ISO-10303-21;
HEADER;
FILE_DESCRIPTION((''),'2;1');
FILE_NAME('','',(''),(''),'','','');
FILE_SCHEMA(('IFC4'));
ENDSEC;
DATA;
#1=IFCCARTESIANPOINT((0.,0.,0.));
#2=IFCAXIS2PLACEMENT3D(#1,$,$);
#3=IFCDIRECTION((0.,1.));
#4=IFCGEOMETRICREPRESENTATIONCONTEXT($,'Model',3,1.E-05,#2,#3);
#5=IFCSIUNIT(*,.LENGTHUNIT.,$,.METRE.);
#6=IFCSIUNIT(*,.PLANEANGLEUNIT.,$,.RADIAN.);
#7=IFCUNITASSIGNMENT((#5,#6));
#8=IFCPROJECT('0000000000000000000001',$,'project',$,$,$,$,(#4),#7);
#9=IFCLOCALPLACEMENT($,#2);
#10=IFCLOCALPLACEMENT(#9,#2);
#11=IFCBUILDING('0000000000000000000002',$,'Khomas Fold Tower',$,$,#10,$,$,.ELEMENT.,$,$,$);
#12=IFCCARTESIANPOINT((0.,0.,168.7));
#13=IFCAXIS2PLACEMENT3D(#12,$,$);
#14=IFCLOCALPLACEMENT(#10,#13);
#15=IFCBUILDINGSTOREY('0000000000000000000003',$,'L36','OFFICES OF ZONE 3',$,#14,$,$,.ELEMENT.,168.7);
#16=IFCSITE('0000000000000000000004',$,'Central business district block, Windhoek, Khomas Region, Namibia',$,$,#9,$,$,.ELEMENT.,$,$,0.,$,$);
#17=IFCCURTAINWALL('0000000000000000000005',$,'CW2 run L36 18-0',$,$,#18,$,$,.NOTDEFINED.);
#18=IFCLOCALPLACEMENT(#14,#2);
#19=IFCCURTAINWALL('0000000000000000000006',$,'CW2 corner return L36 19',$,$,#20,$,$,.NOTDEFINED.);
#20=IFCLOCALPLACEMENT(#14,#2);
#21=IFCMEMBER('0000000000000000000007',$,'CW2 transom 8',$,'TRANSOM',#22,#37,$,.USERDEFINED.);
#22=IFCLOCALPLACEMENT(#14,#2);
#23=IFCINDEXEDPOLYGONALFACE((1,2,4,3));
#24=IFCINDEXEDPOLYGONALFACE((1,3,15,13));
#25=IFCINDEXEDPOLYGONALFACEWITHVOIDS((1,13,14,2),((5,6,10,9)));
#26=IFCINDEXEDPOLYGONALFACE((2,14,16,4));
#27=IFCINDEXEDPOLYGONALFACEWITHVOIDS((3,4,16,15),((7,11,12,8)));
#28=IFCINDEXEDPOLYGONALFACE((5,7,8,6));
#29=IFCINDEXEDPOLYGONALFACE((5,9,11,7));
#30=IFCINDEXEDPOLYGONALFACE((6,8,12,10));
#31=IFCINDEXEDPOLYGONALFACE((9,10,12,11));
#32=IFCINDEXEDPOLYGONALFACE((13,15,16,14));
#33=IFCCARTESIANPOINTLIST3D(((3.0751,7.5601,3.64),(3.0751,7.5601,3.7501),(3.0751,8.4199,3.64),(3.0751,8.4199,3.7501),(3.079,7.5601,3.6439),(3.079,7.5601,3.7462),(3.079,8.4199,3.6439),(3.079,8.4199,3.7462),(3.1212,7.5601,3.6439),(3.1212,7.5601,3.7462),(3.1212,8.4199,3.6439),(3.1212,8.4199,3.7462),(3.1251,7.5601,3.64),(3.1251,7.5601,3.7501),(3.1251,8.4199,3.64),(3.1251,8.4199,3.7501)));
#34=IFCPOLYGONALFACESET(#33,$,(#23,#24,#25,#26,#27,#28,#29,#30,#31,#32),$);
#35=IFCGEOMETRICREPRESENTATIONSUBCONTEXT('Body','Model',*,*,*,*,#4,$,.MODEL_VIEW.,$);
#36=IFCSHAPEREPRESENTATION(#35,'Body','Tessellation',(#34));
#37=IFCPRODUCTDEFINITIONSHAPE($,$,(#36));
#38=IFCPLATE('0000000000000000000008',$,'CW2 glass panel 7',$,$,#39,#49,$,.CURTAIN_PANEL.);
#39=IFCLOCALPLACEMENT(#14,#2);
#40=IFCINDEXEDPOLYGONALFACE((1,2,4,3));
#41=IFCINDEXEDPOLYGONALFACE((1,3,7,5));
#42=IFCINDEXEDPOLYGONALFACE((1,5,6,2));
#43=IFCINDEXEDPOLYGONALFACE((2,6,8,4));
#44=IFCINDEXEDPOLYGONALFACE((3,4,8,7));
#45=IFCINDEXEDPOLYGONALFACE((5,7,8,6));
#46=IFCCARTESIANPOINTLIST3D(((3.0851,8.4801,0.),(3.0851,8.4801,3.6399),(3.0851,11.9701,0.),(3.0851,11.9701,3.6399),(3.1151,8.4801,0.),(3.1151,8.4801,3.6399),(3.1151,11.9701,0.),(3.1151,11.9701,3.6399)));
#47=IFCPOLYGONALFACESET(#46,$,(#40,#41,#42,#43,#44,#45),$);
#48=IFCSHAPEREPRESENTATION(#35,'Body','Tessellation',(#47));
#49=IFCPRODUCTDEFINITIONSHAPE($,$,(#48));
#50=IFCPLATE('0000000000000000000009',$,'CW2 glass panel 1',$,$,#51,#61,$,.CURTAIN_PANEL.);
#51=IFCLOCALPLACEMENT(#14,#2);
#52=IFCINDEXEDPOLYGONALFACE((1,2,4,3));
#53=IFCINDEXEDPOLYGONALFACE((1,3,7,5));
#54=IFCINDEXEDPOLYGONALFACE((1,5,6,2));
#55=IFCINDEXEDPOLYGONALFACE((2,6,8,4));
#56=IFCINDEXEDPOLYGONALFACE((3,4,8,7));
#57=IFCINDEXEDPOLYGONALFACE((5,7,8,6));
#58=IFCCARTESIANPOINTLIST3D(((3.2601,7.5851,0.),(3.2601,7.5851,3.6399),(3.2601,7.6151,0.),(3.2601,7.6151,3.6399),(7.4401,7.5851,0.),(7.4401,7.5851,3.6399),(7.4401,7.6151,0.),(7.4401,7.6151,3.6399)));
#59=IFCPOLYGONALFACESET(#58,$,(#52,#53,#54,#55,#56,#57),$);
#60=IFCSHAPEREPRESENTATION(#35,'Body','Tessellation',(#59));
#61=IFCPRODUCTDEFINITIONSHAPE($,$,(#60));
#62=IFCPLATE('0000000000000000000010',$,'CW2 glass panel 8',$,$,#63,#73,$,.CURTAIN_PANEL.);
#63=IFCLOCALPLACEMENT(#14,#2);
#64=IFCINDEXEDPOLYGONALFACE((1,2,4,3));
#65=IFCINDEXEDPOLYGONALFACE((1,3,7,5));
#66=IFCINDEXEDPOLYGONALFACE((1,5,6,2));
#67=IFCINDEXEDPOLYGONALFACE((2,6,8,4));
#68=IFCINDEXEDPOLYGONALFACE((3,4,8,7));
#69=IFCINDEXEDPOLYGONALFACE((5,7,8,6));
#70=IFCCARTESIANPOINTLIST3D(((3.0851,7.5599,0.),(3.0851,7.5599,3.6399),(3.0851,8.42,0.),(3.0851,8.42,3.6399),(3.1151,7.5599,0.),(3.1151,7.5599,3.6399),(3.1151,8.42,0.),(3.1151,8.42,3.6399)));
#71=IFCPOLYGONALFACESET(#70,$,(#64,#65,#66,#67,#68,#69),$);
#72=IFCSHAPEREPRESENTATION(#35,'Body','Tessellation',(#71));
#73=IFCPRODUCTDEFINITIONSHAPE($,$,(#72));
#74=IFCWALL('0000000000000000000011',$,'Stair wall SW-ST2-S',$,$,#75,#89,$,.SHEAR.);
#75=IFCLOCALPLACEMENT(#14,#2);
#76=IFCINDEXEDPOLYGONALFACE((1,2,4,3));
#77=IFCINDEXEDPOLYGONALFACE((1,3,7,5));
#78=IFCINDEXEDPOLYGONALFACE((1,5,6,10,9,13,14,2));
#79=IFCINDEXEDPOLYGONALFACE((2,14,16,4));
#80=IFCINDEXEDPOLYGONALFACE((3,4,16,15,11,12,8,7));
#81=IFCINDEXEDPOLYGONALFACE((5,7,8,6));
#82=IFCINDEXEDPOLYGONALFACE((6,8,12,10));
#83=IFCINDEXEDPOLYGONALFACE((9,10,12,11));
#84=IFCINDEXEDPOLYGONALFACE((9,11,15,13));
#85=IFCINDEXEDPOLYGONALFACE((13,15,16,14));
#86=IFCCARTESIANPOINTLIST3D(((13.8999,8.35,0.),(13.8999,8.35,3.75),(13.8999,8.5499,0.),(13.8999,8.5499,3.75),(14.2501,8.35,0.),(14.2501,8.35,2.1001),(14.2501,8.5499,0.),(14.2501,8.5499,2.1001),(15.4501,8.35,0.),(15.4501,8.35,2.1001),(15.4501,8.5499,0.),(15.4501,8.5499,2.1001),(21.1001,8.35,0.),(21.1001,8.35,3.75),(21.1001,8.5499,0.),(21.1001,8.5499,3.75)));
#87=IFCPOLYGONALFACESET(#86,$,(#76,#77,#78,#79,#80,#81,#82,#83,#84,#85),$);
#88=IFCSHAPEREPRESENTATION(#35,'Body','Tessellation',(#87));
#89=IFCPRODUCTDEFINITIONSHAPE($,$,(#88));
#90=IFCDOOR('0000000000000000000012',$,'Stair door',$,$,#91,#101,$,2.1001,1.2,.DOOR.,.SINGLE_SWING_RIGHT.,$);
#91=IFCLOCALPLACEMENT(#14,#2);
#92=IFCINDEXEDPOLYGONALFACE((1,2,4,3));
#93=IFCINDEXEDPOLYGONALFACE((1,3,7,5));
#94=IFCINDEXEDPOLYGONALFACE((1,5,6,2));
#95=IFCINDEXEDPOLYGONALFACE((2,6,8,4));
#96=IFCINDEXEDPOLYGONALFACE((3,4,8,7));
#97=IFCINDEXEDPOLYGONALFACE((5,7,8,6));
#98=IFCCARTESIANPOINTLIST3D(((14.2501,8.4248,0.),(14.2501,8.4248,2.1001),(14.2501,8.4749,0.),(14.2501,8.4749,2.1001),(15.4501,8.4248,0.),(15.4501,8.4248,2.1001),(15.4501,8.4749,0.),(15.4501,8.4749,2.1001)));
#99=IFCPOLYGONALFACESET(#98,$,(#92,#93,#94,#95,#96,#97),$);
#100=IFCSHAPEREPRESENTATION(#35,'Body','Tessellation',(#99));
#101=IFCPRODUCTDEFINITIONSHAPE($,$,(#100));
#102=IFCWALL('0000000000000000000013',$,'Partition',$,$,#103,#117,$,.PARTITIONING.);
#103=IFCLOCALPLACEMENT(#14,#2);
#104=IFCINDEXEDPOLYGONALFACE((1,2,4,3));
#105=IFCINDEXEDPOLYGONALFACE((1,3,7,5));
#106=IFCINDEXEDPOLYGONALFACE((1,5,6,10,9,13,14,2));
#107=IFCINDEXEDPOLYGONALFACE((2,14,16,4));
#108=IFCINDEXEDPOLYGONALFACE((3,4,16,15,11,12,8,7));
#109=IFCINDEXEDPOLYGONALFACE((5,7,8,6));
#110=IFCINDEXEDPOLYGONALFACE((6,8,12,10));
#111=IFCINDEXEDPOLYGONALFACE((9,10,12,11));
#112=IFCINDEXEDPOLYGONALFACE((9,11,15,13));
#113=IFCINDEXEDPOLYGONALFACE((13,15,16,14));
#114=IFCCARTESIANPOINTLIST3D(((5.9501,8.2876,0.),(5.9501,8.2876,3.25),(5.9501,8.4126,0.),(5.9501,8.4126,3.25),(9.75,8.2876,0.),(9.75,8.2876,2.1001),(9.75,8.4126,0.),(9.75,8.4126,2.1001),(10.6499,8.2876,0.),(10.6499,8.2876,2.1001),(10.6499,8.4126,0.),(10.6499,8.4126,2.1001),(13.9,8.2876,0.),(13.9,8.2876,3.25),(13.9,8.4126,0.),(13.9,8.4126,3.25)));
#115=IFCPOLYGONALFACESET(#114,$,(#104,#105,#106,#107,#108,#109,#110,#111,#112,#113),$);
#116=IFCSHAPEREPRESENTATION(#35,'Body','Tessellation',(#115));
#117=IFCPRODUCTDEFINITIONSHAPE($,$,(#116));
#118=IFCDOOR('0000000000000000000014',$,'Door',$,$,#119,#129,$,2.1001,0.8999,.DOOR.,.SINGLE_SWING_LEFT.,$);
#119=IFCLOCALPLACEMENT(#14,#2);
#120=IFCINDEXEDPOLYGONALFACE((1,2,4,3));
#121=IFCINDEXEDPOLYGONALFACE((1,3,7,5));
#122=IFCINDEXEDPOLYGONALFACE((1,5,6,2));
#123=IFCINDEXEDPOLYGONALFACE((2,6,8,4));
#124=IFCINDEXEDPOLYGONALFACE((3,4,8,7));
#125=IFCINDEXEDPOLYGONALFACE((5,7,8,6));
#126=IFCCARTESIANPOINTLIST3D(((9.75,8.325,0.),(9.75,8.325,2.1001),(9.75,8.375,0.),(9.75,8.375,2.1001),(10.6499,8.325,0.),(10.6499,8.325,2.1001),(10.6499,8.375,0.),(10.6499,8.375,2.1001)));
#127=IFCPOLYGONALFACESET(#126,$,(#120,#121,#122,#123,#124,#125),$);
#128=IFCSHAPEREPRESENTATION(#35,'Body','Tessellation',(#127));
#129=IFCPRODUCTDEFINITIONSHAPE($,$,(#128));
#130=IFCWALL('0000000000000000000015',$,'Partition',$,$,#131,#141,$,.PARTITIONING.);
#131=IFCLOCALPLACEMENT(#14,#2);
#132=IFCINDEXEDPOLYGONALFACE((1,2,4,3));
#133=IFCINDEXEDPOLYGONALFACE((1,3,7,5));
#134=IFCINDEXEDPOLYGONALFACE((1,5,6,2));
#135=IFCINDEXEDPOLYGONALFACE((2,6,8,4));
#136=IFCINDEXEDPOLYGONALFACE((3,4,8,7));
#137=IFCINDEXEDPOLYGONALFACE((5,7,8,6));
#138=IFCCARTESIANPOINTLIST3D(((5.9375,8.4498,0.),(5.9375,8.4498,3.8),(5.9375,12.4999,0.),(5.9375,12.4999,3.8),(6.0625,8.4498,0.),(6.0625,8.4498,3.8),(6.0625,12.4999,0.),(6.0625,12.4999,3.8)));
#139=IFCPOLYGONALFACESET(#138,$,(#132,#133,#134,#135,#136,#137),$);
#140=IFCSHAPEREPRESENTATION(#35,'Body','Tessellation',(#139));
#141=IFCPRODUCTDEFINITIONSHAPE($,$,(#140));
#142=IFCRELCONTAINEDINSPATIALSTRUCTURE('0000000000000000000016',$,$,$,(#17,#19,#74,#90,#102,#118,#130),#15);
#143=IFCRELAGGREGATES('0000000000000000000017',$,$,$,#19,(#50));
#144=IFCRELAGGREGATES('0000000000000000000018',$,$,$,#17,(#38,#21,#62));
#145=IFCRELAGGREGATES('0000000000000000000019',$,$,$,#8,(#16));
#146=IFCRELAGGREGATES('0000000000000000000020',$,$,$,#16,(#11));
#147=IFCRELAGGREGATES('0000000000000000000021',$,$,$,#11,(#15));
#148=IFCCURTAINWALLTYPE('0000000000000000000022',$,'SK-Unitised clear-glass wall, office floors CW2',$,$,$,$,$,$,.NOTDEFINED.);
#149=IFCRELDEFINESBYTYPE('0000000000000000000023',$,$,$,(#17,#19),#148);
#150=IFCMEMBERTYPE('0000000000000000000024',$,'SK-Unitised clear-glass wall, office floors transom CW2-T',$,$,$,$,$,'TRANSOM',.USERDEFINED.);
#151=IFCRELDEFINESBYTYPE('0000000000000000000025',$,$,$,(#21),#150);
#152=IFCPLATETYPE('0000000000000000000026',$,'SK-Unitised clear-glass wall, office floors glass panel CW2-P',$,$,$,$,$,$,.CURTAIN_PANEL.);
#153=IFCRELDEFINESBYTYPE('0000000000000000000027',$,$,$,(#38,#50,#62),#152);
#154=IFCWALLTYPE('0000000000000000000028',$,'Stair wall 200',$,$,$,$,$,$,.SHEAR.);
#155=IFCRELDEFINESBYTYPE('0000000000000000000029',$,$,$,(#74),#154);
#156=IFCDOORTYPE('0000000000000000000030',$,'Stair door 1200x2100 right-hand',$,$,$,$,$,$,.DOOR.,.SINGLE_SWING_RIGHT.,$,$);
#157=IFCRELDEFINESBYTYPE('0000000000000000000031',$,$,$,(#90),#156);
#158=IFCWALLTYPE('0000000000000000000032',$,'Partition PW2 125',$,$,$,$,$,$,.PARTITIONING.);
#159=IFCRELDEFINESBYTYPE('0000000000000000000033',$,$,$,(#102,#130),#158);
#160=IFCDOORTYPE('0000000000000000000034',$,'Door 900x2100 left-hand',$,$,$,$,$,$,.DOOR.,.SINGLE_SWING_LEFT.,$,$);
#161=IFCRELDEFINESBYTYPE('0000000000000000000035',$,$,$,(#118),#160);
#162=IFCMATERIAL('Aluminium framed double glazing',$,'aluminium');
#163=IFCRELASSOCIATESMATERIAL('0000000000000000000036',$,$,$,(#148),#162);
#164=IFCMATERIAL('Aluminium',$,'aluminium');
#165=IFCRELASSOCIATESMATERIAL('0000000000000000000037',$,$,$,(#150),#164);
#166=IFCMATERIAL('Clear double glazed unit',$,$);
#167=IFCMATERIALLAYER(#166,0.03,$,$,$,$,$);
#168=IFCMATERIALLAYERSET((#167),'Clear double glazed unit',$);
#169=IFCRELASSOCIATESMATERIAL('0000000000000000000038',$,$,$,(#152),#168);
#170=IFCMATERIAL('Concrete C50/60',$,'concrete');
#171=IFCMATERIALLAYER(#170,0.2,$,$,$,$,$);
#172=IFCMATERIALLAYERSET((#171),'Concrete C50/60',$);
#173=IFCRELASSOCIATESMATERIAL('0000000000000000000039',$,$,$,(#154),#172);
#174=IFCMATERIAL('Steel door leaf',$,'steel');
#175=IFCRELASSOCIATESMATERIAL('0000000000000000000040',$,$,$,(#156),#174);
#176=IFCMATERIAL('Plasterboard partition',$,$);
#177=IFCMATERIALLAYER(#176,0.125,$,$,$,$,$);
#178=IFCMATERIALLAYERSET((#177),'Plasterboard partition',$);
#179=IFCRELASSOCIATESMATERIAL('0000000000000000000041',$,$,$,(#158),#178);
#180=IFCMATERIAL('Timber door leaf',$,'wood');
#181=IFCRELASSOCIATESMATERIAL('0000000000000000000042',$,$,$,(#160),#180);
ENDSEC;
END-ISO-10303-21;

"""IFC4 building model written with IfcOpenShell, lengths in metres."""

from ifc_helpers import new_model, si_unit, direction, frame, frame_2d, origin, origin_2d, place, context, subcontext, project, spatial, rectangle, hollow_rectangle, extrude, source, transform, mapped, material, layer, layer_set, material_profile, profile_set, type_object, element, fill, aggregate, save


model = new_model("IFC4")

# Units and contexts
model_context = context("Model", 3, precision=1e-05, world=origin(), true_north=direction((0.0, 1.0)))
body_context = subcontext(model_context, "Body", "Model", "MODEL_VIEW")
ifc_project = project(units=[si_unit("LENGTHUNIT", "METRE"), si_unit("PLANEANGLEUNIT", "RADIAN")], contexts=[model_context])

# Site, building, storey
site_placement = place(None, origin())
site = spatial("IfcSite", under=ifc_project, at=site_placement, Name="Central business district block, Windhoek, Khomas Region, Namibia", CompositionType="ELEMENT", RefElevation=0.0)
building_placement = place(site_placement, origin())
building = spatial("IfcBuilding", under=site, at=building_placement, Name="Khomas Fold Tower", CompositionType="ELEMENT")
storey_placement = place(building_placement, frame((0.0, 0.0, 168.7)))
storey = spatial("IfcBuildingStorey", under=building, at=storey_placement, Name="L36", Description="OFFICES OF ZONE 3", CompositionType="ELEMENT", Elevation=168.7)

# Shared definitions
ifc_material_1 = material(Name="Aluminium framed double glazing", Category="aluminium")
curtain_wall_type = type_object("IfcCurtainWallType", Name="SK-Unitised clear-glass wall, office floors CW2", PredefinedType="NOTDEFINED", material=ifc_material_1)

# Curtain walls
curtain_wall_1_placement = place(storey_placement, origin())
curtain_wall_1 = element("IfcCurtainWall", 1, at=curtain_wall_1_placement, inside=storey, type_object=curtain_wall_type, Name="CW2 run L36 18-0", PredefinedType="NOTDEFINED")
curtain_wall_2_placement = place(storey_placement, origin())
curtain_wall_2 = element("IfcCurtainWall", 2, at=curtain_wall_2_placement, inside=storey, type_object=curtain_wall_type, Name="CW2 corner return L36 19", PredefinedType="NOTDEFINED")
ifc_material_2 = material(Name="Aluminium", Category="aluminium")
ifc_material_profile_1 = material_profile(ifc_material_2, hollow_rectangle(XDim=0.05, YDim=0.1101, WallThickness=0.0039, at=origin_2d()), Name="SK-Unitised clear-glass wall, office floors transom CW2-T")
ifc_profile_set_1 = profile_set([ifc_material_profile_1], Name="Aluminium")
member_type_1 = type_object("IfcMemberType", Name="SK-Unitised clear-glass wall, office floors transom CW2-T", ElementType="TRANSOM", PredefinedType="USERDEFINED", material=ifc_profile_set_1)

# Member
shared_shape_1 = source(origin(), body_context, "Body", "SweptSolid", [
    extrude(hollow_rectangle(XDim=0.05, YDim=0.1101, WallThickness=0.0039, at=origin_2d()), origin(), (0.0, 0.0, 1.0), 0.8599),
])
member_1_placement = place(storey_placement, frame((3.1001, 8.4199, 3.6951), z_axis=(0.0, -1.0, 0.0), x_axis=(1.0, 0.0, 0.0)))
member_1 = element("IfcMember", 3, at=member_1_placement, type_object=member_type_1, Name="CW2 transom 8", ObjectType="TRANSOM", PredefinedType="USERDEFINED", context=body_context, shape_type="MappedRepresentation", body=[
    mapped(shared_shape_1, transform((0.0, 0.0, 0.0))),
])

# Plates
ifc_material_3 = material(Name="Clear double glazed unit")
ifc_layer_1 = layer(ifc_material_3, 0.03)
ifc_layer_set_1 = layer_set([ifc_layer_1], Name="Clear double glazed unit")
plate_type = type_object("IfcPlateType", Name="SK-Unitised clear-glass wall, office floors glass panel CW2-P", PredefinedType="CURTAIN_PANEL", material=ifc_layer_set_1)
shared_shape_2 = source(origin(), body_context, "Body", "SweptSolid", [
    extrude(rectangle(XDim=3.49, YDim=0.03, at=origin_2d()), origin(), (0.0, 0.0, 1.0), 3.6399),
])
plate_1_placement = place(storey_placement, frame((3.1001, 10.2251, 0.0), z_axis=(0.0, 0.0, 1.0), x_axis=(0.0, -1.0, 0.0)))
plate_1 = element("IfcPlate", 4, at=plate_1_placement, type_object=plate_type, Name="CW2 glass panel 7", PredefinedType="CURTAIN_PANEL", context=body_context, shape_type="MappedRepresentation", body=[
    mapped(shared_shape_2, transform((0.0, 0.0, 0.0))),
])
shared_shape_3 = source(origin(), body_context, "Body", "SweptSolid", [
    extrude(rectangle(XDim=4.1799, YDim=0.03, at=origin_2d()), origin(), (0.0, 0.0, 1.0), 3.6399),
])
plate_2_placement = place(storey_placement, frame((5.3501, 7.6001, 0.0), z_axis=(0.0, 0.0, 1.0), x_axis=(1.0, 0.0, 0.0)))
plate_2 = element("IfcPlate", 5, at=plate_2_placement, type_object=plate_type, Name="CW2 glass panel 1", PredefinedType="CURTAIN_PANEL", context=body_context, shape_type="MappedRepresentation", body=[
    mapped(shared_shape_3, transform((0.0, 0.0, 0.0))),
])
aggregate(curtain_wall_2, [plate_2])
shared_shape_4 = source(origin(), body_context, "Body", "SweptSolid", [
    extrude(rectangle(XDim=0.8601, YDim=0.03, at=origin_2d()), origin(), (0.0, 0.0, 1.0), 3.6399),
])
plate_3_placement = place(storey_placement, frame((3.1001, 7.99, 0.0), z_axis=(0.0, 0.0, 1.0), x_axis=(0.0, -1.0, 0.0)))
plate_3 = element("IfcPlate", 6, at=plate_3_placement, type_object=plate_type, Name="CW2 glass panel 8", PredefinedType="CURTAIN_PANEL", context=body_context, shape_type="MappedRepresentation", body=[
    mapped(shared_shape_4, transform((0.0, 0.0, 0.0))),
])
aggregate(curtain_wall_1, [plate_1, member_1, plate_3])

# Walls, openings, doors
ifc_material_4 = material(Name="Concrete C50/60", Category="concrete")
ifc_layer_2 = layer(ifc_material_4, 0.2)
ifc_layer_set_2 = layer_set([ifc_layer_2], Name="Concrete C50/60")
wall_type_1 = type_object("IfcWallType", Name="Stair wall 200", PredefinedType="SHEAR", material=ifc_layer_set_2)
shared_shape_5 = source(origin(), body_context, "Body", "SweptSolid", [
    extrude(rectangle(XDim=7.2002, YDim=0.2, at=frame_2d((3.6001, 0.0))), origin(), (0.0, 0.0, 1.0), 3.75),
])
wall_1_placement = place(storey_placement, frame((13.8999, 8.45, 0.0), z_axis=(0.0, 0.0, 1.0), x_axis=(1.0, 0.0, 0.0)))
wall_1 = element("IfcWall", 7, at=wall_1_placement, inside=storey, type_object=wall_type_1, Name="Stair wall SW-ST2-S", PredefinedType="SHEAR", context=body_context, shape_type="MappedRepresentation", body=[
    mapped(shared_shape_5, transform((0.0, 0.0, 0.0))),
])
shared_shape_6 = source(origin(), body_context, "Body", "SweptSolid", [
    extrude(rectangle(XDim=1.2, YDim=2.1001, at=frame_2d((0.6001, 1.05))), frame((0.0, 0.1099, 0.0), z_axis=(0.0, -1.0, 0.0), x_axis=(1.0, 0.0, 0.0)), (0.0, 0.0, 1.0), 0.22),
])
opening_1_placement = place(wall_1_placement, frame((0.3501, 0.0, 0.0)))
opening_1 = element("IfcOpeningElement", 8, at=opening_1_placement, cuts=wall_1, PredefinedType="OPENING", context=body_context, shape_type="MappedRepresentation", body=[
    mapped(shared_shape_6, transform((0.0, 0.0, 0.0))),
])
ifc_material_5 = material(Name="Steel door leaf", Category="steel")
door_type_1 = type_object("IfcDoorType", Name="Stair door 1200x2100 right-hand", OperationType="SINGLE_SWING_RIGHT", PredefinedType="DOOR", material=ifc_material_5)
shared_shape_7 = source(origin(), body_context, "Body", "SweptSolid", [
    extrude(rectangle(XDim=1.2, YDim=2.1001, at=frame_2d((0.6001, 1.05))), frame((0.0, 0.0249, 0.0), z_axis=(0.0, -1.0, 0.0), x_axis=(1.0, 0.0, 0.0)), (0.0, 0.0, 1.0), 0.05),
])
door_1_placement = place(opening_1_placement, origin())
door_1 = element("IfcDoor", 9, at=door_1_placement, inside=storey, type_object=door_type_1, Name="Stair door", OperationType="SINGLE_SWING_RIGHT", OverallHeight=2.1001, OverallWidth=1.2, PredefinedType="DOOR", context=body_context, shape_type="MappedRepresentation", body=[
    mapped(shared_shape_7, transform((0.0, 0.0, 0.0))),
])
fill(opening_1, door_1)
ifc_material_6 = material(Name="Plasterboard partition")
ifc_layer_3 = layer(ifc_material_6, 0.125)
ifc_layer_set_3 = layer_set([ifc_layer_3], Name="Plasterboard partition")
wall_type_2 = type_object("IfcWallType", Name="Partition PW2 125", PredefinedType="PARTITIONING", material=ifc_layer_set_3)
shared_shape_8 = source(origin(), body_context, "Body", "SweptSolid", [
    extrude(rectangle(XDim=7.95, YDim=0.125, at=frame_2d((3.9751, 0.0))), origin(), (0.0, 0.0, 1.0), 3.25),
])
wall_2_placement = place(storey_placement, frame((5.95, 8.3501, 0.0), z_axis=(0.0, 0.0, 1.0), x_axis=(1.0, 0.0, 0.0)))
wall_2 = element("IfcWall", 10, at=wall_2_placement, inside=storey, type_object=wall_type_2, Name="Partition", PredefinedType="PARTITIONING", context=body_context, shape_type="MappedRepresentation", body=[
    mapped(shared_shape_8, transform((0.0, 0.0, 0.0))),
])
shared_shape_9 = source(origin(), body_context, "Body", "SweptSolid", [
    extrude(rectangle(XDim=0.8999, YDim=2.1001, at=frame_2d((0.45, 1.05))), frame((0.0, 0.0725, 0.0), z_axis=(0.0, -1.0, 0.0), x_axis=(1.0, 0.0, 0.0)), (0.0, 0.0, 1.0), 0.145),
])
opening_2_placement = place(wall_2_placement, frame((3.8, 0.0, 0.0)))
opening_2 = element("IfcOpeningElement", 11, at=opening_2_placement, cuts=wall_2, PredefinedType="OPENING", context=body_context, shape_type="MappedRepresentation", body=[
    mapped(shared_shape_9, transform((0.0, 0.0, 0.0))),
])
ifc_material_7 = material(Name="Timber door leaf", Category="wood")
door_type_2 = type_object("IfcDoorType", Name="Door 900x2100 left-hand", OperationType="SINGLE_SWING_LEFT", PredefinedType="DOOR", material=ifc_material_7)
shared_shape_10 = source(origin(), body_context, "Body", "SweptSolid", [
    extrude(rectangle(XDim=0.8999, YDim=2.1001, at=frame_2d((0.45, 1.05))), frame((0.0, 0.0249, 0.0), z_axis=(0.0, -1.0, 0.0), x_axis=(1.0, 0.0, 0.0)), (0.0, 0.0, 1.0), 0.05),
])
door_2_placement = place(opening_2_placement, origin())
door_2 = element("IfcDoor", 12, at=door_2_placement, inside=storey, type_object=door_type_2, Name="Door", OperationType="SINGLE_SWING_LEFT", OverallHeight=2.1001, OverallWidth=0.8999, PredefinedType="DOOR", context=body_context, shape_type="MappedRepresentation", body=[
    mapped(shared_shape_10, transform((0.0, 0.0, 0.0))),
])
fill(opening_2, door_2)

# Wall
shared_shape_11 = source(origin(), body_context, "Body", "SweptSolid", [
    extrude(rectangle(XDim=4.05, YDim=0.125, at=frame_2d((2.0249, 0.0))), origin(), (0.0, 0.0, 1.0), 3.8),
])
wall_3_placement = place(storey_placement, frame((6.0, 8.45, 0.0), z_axis=(0.0, 0.0, 1.0), x_axis=(0.0, 1.0, 0.0)))
element("IfcWall", 13, at=wall_3_placement, inside=storey, type_object=wall_type_2, Name="Partition", PredefinedType="PARTITIONING", context=body_context, shape_type="MappedRepresentation", body=[
    mapped(shared_shape_11, transform((0.0, 0.0, 0.0))),
])

save(model, "model.ifc")
